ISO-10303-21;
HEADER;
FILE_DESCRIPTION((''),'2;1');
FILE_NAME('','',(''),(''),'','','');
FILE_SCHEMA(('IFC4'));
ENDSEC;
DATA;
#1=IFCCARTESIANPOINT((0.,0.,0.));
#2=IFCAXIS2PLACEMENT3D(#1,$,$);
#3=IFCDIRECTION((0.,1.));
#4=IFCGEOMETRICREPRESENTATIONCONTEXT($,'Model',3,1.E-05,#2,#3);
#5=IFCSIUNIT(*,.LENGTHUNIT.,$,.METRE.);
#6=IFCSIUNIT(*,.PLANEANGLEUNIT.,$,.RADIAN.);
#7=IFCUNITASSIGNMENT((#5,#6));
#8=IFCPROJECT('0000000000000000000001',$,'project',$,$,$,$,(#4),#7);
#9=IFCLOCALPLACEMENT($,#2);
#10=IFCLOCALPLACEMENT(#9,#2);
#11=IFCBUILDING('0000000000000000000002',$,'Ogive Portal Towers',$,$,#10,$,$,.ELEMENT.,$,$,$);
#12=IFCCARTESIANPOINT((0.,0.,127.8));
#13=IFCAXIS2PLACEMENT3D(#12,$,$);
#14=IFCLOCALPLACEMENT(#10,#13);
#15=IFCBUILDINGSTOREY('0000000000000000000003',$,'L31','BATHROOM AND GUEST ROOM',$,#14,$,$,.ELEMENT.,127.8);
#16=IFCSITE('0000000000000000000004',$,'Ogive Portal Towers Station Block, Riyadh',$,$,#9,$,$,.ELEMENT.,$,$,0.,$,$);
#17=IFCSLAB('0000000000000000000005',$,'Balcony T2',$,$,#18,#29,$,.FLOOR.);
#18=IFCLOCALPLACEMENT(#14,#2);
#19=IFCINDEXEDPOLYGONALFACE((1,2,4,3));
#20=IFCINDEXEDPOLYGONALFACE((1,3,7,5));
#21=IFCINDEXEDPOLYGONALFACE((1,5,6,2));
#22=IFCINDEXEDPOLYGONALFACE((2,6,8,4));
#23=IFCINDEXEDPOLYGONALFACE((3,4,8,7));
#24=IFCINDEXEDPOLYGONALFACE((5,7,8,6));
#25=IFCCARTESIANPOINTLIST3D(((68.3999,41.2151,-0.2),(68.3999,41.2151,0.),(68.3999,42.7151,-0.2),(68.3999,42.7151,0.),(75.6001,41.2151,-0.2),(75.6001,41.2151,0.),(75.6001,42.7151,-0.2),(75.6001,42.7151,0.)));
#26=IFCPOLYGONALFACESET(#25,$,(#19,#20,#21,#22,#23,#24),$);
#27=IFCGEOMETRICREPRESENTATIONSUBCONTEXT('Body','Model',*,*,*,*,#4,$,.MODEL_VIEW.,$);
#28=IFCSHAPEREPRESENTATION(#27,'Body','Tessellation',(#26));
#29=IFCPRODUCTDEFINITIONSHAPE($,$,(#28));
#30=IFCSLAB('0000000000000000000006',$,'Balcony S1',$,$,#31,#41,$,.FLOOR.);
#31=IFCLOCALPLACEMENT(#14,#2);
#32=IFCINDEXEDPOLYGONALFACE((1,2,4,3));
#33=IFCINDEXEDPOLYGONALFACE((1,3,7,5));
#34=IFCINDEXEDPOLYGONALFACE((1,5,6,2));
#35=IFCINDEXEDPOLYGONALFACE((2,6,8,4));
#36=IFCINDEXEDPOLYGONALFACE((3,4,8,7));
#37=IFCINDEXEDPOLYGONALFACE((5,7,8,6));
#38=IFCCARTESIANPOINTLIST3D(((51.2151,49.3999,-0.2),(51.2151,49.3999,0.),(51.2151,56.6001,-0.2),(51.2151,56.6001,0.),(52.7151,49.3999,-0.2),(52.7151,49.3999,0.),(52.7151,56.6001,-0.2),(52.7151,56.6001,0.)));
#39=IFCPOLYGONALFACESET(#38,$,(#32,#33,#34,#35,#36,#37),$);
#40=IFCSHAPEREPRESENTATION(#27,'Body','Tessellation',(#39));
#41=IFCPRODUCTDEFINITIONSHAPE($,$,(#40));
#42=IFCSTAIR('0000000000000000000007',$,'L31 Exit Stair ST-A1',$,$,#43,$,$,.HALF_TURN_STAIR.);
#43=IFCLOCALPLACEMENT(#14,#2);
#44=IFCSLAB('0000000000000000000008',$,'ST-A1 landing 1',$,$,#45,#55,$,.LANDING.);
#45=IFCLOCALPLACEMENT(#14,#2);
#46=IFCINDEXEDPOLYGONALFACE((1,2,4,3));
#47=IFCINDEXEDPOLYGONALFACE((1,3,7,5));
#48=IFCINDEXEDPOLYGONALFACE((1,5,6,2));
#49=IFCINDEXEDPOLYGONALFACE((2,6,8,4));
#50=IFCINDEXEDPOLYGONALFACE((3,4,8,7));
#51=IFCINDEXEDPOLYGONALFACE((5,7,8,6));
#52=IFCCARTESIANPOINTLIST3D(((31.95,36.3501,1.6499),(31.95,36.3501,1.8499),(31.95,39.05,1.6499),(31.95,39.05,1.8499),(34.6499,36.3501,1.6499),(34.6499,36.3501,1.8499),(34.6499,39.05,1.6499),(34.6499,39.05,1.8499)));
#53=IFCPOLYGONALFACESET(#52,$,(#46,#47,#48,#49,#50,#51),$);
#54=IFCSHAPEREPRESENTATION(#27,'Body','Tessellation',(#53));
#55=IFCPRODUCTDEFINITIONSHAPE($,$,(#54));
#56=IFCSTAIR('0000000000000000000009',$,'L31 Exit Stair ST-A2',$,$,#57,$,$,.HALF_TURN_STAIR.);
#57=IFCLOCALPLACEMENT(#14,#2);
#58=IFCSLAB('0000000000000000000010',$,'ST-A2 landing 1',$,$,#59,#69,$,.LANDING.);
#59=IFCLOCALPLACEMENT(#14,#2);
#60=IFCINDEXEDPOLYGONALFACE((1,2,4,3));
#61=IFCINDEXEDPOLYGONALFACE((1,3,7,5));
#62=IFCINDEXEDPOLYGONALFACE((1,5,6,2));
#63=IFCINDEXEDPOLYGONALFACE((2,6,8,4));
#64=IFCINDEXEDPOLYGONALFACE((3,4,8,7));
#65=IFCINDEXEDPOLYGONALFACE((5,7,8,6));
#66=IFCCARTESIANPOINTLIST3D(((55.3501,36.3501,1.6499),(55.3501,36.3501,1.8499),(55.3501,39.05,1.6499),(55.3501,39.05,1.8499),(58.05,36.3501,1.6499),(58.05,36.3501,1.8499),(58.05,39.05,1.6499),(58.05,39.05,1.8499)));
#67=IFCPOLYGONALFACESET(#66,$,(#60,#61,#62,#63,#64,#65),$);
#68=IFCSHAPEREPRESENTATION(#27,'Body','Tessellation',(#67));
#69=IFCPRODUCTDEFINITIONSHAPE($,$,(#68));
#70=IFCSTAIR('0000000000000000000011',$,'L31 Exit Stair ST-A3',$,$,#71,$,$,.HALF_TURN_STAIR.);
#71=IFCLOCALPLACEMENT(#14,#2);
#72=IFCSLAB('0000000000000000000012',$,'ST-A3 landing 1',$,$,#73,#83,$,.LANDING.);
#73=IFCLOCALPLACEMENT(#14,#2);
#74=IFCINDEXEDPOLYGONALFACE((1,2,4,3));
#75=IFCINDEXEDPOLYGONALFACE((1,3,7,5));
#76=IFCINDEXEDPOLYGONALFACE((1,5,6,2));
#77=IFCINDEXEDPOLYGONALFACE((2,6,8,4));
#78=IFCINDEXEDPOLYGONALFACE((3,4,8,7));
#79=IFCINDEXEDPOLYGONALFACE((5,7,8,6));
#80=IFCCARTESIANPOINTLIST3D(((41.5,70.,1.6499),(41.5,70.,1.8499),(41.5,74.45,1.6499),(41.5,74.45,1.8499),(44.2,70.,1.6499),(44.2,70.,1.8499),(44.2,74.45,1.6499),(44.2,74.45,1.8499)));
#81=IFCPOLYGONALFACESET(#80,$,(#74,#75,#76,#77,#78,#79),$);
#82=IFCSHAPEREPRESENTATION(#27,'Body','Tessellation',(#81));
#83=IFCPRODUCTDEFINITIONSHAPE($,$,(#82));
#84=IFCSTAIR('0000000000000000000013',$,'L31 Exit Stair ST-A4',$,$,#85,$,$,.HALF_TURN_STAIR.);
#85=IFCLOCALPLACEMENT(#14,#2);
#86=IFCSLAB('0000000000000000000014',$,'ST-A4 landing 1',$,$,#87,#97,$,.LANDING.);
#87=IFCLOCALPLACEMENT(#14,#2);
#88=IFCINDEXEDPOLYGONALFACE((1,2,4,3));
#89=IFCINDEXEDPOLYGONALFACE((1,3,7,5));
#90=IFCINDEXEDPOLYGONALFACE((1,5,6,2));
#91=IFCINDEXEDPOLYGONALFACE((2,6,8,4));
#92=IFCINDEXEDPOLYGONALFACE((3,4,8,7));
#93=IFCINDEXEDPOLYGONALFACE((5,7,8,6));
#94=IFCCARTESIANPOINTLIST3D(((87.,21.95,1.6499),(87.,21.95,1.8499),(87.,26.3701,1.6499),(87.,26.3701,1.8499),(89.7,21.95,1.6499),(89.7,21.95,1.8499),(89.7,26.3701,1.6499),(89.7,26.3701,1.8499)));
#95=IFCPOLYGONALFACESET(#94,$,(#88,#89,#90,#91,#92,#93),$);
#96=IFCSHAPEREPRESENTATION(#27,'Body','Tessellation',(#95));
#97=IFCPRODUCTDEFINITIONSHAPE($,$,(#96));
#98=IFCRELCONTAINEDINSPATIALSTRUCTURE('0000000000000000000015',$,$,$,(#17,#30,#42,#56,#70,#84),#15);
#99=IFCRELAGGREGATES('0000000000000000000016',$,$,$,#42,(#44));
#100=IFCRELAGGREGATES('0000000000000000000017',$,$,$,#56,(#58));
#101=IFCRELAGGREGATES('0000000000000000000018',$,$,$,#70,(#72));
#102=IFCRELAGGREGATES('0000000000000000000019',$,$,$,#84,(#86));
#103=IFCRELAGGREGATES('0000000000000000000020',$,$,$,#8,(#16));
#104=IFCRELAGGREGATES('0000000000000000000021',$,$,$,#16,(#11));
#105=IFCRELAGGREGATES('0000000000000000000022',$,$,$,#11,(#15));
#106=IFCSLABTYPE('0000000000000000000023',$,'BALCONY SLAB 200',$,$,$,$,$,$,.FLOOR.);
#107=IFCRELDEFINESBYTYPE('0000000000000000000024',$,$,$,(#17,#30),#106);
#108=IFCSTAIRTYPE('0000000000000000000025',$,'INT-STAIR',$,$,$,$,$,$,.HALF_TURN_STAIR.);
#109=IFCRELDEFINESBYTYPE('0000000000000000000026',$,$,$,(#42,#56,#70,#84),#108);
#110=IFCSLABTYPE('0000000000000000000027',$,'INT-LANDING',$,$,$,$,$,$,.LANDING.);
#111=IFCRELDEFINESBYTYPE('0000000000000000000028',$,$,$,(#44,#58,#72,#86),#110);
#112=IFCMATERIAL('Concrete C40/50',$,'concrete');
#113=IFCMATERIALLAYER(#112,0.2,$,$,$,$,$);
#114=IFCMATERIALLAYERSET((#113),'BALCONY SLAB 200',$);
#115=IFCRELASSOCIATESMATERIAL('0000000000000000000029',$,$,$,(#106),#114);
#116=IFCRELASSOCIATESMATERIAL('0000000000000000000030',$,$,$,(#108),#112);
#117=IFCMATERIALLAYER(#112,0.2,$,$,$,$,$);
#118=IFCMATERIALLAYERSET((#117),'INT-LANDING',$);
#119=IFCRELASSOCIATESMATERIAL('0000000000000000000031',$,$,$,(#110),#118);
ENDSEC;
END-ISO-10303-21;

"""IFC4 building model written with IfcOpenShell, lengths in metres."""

from ifc_helpers import new_model, si_unit, direction, frame, origin, place, context, subcontext, project, spatial, polyline, outline, extrude, material, layer, layer_set, type_object, element, aggregate, save


model = new_model("IFC4")

# Units and contexts
model_context = context("Model", 3, precision=1e-05, world=origin(), true_north=direction((0.0, 1.0)))
body_context = subcontext(model_context, "Body", "Model", "MODEL_VIEW")
ifc_project = project(units=[si_unit("LENGTHUNIT", "METRE"), si_unit("PLANEANGLEUNIT", "RADIAN")], contexts=[model_context])

# Site, building, storey
site_placement = place(None, origin())
site = spatial("IfcSite", under=ifc_project, at=site_placement, Name="Ogive Portal Towers Station Block, Riyadh", CompositionType="ELEMENT", RefElevation=0.0)
building_placement = place(site_placement, origin())
building = spatial("IfcBuilding", under=site, at=building_placement, Name="Ogive Portal Towers", CompositionType="ELEMENT")
storey_placement = place(building_placement, frame((0.0, 0.0, 127.8)))
storey = spatial("IfcBuildingStorey", under=building, at=storey_placement, Name="L31", Description="BATHROOM AND GUEST ROOM", CompositionType="ELEMENT", Elevation=127.8)

# Slabs
ifc_material_1 = material(Name="Concrete C40/50", Category="concrete")
ifc_layer_1 = layer(ifc_material_1, 0.2)
ifc_layer_set_1 = layer_set([ifc_layer_1], Name="BALCONY SLAB 200")
slab_type_1 = type_object("IfcSlabType", Name="BALCONY SLAB 200", PredefinedType="FLOOR", material=ifc_layer_set_1)
slab_1_placement = place(storey_placement, frame((0.0, 0.0, -0.2)))
element("IfcSlab", 1, at=slab_1_placement, inside=storey, type_object=slab_type_1, Name="Balcony T2", PredefinedType="FLOOR", context=body_context, shape_type="SweptSolid", body=[
    extrude(outline(polyline([(68.3999, 41.2151), (75.6001, 41.2151), (75.6001, 42.7151), (68.3999, 42.7151), (68.3999, 41.2151)])), origin(), (0.0, 0.0, 1.0), 0.2),
])
slab_2_placement = place(storey_placement, frame((0.0, 0.0, -0.2)))
element("IfcSlab", 2, at=slab_2_placement, inside=storey, type_object=slab_type_1, Name="Balcony S1", PredefinedType="FLOOR", context=body_context, shape_type="SweptSolid", body=[
    extrude(outline(polyline([(51.2151, 49.3999), (52.7151, 49.3999), (52.7151, 56.6001), (51.2151, 56.6001), (51.2151, 49.3999)])), origin(), (0.0, 0.0, 1.0), 0.2),
])

# Stairs, slabs
stair_type = type_object("IfcStairType", Name="INT-STAIR", PredefinedType="HALF_TURN_STAIR", material=ifc_material_1)
stair_1_placement = place(storey_placement, origin())
stair_1 = element("IfcStair", 3, at=stair_1_placement, inside=storey, type_object=stair_type, Name="L31 Exit Stair ST-A1", PredefinedType="HALF_TURN_STAIR")
ifc_layer_2 = layer(ifc_material_1, 0.2)
ifc_layer_set_2 = layer_set([ifc_layer_2], Name="INT-LANDING")
slab_type_2 = type_object("IfcSlabType", Name="INT-LANDING", PredefinedType="LANDING", material=ifc_layer_set_2)
slab_3_placement = place(storey_placement, frame((0.0, 0.0, 1.6499)))
slab_3 = element("IfcSlab", 4, at=slab_3_placement, type_object=slab_type_2, Name="ST-A1 landing 1", PredefinedType="LANDING", context=body_context, shape_type="SweptSolid", body=[
    extrude(outline(polyline([(34.6499, 39.05), (31.95, 39.05), (31.95, 36.3501), (34.6499, 36.3501), (34.6499, 39.05)])), origin(), (0.0, 0.0, 1.0), 0.2),
])
aggregate(stair_1, [slab_3])
stair_2_placement = place(storey_placement, origin())
stair_2 = element("IfcStair", 5, at=stair_2_placement, inside=storey, type_object=stair_type, Name="L31 Exit Stair ST-A2", PredefinedType="HALF_TURN_STAIR")
slab_4_placement = place(storey_placement, frame((0.0, 0.0, 1.6499)))
slab_4 = element("IfcSlab", 6, at=slab_4_placement, type_object=slab_type_2, Name="ST-A2 landing 1", PredefinedType="LANDING", context=body_context, shape_type="SweptSolid", body=[
    extrude(outline(polyline([(55.3501, 36.3501), (58.05, 36.3501), (58.05, 39.05), (55.3501, 39.05), (55.3501, 36.3501)])), origin(), (0.0, 0.0, 1.0), 0.2),
])
aggregate(stair_2, [slab_4])
stair_3_placement = place(storey_placement, origin())
stair_3 = element("IfcStair", 7, at=stair_3_placement, inside=storey, type_object=stair_type, Name="L31 Exit Stair ST-A3", PredefinedType="HALF_TURN_STAIR")
slab_5_placement = place(storey_placement, frame((0.0, 0.0, 1.6499)))
slab_5 = element("IfcSlab", 8, at=slab_5_placement, type_object=slab_type_2, Name="ST-A3 landing 1", PredefinedType="LANDING", context=body_context, shape_type="SweptSolid", body=[
    extrude(outline(polyline([(44.2, 70.0), (44.2, 74.45), (41.5, 74.45), (41.5, 70.0), (44.2, 70.0)])), origin(), (0.0, 0.0, 1.0), 0.2),
])
aggregate(stair_3, [slab_5])
stair_4_placement = place(storey_placement, origin())
stair_4 = element("IfcStair", 9, at=stair_4_placement, inside=storey, type_object=stair_type, Name="L31 Exit Stair ST-A4", PredefinedType="HALF_TURN_STAIR")
slab_6_placement = place(storey_placement, frame((0.0, 0.0, 1.6499)))
slab_6 = element("IfcSlab", 10, at=slab_6_placement, type_object=slab_type_2, Name="ST-A4 landing 1", PredefinedType="LANDING", context=body_context, shape_type="SweptSolid", body=[
    extrude(outline(polyline([(87.0, 26.3701), (87.0, 21.95), (89.7, 21.95), (89.7, 26.3701), (87.0, 26.3701)])), origin(), (0.0, 0.0, 1.0), 0.2),
])
aggregate(stair_4, [slab_6])

save(model, "model.ifc")
